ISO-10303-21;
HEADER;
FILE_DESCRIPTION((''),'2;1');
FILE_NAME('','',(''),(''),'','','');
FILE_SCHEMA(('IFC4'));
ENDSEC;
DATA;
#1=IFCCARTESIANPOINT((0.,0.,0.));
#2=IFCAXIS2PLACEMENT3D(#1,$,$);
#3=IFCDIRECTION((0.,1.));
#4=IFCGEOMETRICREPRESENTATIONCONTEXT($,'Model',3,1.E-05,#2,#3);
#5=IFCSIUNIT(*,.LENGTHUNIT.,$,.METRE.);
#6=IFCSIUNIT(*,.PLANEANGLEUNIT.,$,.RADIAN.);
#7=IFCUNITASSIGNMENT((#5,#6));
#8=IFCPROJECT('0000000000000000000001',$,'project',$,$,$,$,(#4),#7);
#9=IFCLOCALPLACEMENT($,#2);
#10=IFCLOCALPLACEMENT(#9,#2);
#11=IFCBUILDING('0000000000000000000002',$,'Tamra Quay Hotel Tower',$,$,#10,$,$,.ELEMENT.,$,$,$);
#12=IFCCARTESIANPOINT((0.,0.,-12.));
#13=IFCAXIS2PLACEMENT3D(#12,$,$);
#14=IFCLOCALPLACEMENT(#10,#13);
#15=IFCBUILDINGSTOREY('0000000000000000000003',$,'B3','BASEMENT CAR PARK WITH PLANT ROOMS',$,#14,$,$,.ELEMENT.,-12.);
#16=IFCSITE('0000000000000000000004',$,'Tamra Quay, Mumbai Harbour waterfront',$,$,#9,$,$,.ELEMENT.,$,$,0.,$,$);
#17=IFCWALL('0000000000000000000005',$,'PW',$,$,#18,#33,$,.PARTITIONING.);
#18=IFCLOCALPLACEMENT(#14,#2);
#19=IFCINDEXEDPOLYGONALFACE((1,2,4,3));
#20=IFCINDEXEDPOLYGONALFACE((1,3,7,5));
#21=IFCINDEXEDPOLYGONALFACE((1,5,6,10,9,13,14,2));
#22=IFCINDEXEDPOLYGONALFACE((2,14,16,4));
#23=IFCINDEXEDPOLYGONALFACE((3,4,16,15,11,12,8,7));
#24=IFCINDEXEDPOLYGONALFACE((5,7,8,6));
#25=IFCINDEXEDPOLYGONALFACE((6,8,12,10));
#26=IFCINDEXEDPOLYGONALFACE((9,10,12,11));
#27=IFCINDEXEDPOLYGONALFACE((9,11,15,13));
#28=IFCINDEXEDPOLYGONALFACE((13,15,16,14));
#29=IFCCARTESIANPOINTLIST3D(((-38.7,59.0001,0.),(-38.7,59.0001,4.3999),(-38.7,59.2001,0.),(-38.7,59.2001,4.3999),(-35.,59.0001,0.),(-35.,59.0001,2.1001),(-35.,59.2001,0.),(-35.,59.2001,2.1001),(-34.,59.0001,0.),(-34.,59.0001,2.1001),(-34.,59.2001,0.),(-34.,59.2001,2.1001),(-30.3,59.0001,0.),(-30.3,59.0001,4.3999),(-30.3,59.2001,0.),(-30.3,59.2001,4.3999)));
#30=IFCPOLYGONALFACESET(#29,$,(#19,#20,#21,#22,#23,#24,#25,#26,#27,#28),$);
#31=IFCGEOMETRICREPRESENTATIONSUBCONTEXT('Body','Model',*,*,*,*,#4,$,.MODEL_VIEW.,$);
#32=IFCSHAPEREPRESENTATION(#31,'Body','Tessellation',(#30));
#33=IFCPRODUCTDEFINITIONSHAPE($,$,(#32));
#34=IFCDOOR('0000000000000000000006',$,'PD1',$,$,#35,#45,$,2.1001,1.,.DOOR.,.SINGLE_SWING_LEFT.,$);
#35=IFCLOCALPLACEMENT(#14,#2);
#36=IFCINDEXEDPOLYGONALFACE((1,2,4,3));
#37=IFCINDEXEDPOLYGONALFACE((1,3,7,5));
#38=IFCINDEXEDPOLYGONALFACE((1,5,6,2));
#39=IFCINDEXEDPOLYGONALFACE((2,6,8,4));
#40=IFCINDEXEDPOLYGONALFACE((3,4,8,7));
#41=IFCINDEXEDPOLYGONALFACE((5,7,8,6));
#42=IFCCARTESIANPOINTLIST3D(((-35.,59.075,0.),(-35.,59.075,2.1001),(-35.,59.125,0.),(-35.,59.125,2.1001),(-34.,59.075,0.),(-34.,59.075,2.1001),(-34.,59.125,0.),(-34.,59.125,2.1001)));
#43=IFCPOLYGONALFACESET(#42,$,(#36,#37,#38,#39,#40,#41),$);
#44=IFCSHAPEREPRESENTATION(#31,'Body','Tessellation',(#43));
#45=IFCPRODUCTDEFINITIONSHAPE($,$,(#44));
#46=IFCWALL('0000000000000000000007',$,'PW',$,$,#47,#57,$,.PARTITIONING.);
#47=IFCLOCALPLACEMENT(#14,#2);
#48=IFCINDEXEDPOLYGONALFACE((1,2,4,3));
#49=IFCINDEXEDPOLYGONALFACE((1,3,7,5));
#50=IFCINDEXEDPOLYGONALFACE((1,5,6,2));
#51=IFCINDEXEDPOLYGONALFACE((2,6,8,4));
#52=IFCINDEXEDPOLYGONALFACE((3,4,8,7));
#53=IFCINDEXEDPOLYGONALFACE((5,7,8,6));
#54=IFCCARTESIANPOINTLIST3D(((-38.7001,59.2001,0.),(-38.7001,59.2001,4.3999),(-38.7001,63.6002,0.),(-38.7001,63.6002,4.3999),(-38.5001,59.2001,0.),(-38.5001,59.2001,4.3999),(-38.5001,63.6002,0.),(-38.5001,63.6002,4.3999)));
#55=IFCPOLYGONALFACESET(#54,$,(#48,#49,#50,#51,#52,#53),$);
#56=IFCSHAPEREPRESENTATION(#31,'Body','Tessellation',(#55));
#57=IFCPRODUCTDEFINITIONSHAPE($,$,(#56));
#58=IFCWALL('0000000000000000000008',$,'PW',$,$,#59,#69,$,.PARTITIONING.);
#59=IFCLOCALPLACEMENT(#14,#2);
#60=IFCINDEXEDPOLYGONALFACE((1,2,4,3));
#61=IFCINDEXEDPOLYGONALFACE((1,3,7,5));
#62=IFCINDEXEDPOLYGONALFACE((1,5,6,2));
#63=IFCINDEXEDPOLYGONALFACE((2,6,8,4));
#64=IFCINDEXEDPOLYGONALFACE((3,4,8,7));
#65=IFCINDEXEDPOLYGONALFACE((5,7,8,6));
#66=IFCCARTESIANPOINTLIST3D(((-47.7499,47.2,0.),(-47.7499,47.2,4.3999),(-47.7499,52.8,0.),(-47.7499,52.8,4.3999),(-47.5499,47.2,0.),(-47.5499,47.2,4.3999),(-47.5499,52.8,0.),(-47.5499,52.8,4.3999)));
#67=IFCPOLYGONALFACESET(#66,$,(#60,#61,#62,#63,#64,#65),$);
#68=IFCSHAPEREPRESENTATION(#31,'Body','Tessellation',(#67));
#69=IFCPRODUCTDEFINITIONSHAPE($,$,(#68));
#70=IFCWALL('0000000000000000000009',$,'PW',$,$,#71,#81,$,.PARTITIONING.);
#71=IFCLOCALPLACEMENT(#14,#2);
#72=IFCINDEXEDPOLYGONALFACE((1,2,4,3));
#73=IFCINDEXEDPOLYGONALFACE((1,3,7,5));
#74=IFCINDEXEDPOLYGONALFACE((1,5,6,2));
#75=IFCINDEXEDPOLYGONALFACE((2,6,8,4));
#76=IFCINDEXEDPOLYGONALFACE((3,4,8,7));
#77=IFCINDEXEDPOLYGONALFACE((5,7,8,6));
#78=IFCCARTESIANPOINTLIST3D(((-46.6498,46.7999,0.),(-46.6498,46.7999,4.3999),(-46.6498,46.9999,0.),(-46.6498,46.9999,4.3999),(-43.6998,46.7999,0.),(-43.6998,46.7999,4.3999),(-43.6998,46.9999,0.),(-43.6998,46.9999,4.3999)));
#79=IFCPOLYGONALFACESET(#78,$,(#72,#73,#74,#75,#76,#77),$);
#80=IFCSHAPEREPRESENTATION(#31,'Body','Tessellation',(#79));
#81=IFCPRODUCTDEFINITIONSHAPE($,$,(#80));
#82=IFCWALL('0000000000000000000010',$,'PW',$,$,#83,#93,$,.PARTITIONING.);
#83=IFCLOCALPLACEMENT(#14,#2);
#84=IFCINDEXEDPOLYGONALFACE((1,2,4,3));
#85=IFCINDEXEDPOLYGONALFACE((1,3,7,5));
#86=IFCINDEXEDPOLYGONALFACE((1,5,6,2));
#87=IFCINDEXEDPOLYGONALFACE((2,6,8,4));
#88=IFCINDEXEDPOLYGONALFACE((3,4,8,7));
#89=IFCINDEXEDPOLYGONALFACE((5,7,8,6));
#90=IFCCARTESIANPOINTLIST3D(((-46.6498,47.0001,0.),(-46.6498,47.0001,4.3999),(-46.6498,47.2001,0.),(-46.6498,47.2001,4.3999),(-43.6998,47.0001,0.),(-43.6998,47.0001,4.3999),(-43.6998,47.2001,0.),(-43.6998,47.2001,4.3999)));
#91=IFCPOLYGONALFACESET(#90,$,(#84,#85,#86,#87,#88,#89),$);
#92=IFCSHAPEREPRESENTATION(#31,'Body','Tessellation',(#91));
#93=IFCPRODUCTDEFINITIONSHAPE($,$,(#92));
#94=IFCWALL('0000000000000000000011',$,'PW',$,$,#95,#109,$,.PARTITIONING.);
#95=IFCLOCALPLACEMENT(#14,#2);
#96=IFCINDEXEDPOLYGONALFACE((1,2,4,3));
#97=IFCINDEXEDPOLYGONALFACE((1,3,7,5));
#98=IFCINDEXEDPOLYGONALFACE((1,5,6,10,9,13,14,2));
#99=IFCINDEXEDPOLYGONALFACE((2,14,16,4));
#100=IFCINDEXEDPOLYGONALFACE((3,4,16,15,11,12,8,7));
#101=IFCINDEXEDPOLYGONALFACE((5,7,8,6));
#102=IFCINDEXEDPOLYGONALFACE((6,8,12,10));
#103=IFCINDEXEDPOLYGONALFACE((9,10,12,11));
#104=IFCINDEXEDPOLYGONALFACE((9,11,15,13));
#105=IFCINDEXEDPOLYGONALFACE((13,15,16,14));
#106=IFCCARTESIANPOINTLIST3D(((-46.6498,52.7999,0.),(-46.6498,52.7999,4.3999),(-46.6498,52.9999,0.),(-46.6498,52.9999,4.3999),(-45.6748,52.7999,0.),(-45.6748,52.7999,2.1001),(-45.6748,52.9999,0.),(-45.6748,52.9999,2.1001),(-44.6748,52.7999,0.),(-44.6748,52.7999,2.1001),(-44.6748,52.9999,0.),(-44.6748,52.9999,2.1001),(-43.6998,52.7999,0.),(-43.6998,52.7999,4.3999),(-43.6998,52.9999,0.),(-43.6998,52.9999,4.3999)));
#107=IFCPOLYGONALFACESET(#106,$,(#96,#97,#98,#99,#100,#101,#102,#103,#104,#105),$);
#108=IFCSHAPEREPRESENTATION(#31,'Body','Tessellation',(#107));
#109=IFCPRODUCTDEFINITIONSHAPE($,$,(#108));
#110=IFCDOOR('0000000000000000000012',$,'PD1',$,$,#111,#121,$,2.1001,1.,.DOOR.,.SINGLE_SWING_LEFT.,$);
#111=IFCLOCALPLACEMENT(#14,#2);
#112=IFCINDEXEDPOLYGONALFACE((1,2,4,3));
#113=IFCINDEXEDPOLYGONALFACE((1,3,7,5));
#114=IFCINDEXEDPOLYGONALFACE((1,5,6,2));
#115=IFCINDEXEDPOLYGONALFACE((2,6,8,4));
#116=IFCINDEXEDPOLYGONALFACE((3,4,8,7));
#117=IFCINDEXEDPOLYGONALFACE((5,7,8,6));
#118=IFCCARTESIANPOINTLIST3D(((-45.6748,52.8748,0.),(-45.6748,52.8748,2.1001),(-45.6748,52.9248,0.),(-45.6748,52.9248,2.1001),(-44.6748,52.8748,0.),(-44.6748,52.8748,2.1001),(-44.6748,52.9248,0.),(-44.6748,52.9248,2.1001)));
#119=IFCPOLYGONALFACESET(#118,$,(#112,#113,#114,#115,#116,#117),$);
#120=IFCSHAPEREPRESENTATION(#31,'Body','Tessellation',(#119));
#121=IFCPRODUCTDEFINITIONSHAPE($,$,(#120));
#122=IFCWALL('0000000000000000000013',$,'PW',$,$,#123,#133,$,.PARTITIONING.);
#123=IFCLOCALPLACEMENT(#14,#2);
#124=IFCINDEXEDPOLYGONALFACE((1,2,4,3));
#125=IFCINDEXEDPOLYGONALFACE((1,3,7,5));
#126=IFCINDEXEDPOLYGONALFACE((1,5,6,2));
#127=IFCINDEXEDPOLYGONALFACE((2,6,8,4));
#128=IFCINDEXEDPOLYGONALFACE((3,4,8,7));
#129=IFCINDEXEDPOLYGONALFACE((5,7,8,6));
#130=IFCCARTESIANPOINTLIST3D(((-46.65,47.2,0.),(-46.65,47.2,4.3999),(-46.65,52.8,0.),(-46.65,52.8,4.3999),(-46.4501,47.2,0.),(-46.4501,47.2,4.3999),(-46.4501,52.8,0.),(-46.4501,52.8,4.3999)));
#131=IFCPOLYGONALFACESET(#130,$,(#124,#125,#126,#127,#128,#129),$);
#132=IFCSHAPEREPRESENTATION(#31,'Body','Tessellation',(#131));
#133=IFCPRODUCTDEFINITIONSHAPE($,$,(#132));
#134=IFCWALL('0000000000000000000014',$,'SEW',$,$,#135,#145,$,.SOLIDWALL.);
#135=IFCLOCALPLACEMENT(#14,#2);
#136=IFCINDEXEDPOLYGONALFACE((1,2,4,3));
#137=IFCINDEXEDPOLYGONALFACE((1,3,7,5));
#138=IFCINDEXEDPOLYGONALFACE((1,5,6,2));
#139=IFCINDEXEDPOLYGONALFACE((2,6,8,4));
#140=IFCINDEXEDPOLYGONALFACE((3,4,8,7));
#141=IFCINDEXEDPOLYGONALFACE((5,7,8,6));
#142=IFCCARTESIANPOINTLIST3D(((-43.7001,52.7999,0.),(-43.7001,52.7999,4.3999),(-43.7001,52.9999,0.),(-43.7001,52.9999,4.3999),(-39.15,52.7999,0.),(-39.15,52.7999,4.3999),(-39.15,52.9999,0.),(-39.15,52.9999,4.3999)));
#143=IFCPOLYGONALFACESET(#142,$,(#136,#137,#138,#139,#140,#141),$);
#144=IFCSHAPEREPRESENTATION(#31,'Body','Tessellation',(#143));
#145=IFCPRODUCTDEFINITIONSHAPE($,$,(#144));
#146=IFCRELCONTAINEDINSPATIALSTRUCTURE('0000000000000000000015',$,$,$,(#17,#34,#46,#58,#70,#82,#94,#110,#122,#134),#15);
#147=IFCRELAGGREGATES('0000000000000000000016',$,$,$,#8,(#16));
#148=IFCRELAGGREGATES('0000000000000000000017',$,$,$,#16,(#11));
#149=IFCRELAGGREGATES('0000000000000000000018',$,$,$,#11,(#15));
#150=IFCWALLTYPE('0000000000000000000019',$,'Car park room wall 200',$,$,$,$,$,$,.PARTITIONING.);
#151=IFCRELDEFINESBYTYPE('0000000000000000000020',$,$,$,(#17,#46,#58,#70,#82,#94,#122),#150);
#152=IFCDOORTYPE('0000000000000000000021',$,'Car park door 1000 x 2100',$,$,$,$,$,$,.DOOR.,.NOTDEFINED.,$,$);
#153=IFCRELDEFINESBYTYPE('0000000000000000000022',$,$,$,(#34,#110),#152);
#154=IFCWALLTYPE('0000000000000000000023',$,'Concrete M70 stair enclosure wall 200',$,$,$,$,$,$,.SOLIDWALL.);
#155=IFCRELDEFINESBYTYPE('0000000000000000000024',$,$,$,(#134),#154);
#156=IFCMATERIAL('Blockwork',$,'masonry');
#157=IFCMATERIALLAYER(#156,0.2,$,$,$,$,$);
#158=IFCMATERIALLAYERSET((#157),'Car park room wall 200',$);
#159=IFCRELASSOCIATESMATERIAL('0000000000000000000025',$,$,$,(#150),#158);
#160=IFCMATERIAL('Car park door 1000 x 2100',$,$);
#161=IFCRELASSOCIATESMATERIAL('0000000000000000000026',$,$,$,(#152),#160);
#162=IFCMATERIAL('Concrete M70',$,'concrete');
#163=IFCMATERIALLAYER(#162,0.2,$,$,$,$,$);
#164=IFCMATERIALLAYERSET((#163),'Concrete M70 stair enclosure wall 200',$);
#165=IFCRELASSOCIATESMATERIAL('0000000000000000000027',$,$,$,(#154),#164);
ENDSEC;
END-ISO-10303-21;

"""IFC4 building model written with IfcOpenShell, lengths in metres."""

from ifc_helpers import new_model, si_unit, direction, frame, frame_2d, origin, place, context, subcontext, project, spatial, rectangle, extrude, material, layer, layer_set, type_object, element, fill, save


model = new_model("IFC4")

# Units and contexts
model_context = context("Model", 3, precision=1e-05, world=origin(), true_north=direction((0.0, 1.0)))
body_context = subcontext(model_context, "Body", "Model", "MODEL_VIEW")
ifc_project = project(units=[si_unit("LENGTHUNIT", "METRE"), si_unit("PLANEANGLEUNIT", "RADIAN")], contexts=[model_context])

# Site, building, storey
site_placement = place(None, origin())
site = spatial("IfcSite", under=ifc_project, at=site_placement, Name="Tamra Quay, Mumbai Harbour waterfront", CompositionType="ELEMENT", RefElevation=0.0)
building_placement = place(site_placement, origin())
building = spatial("IfcBuilding", under=site, at=building_placement, Name="Tamra Quay Hotel Tower", CompositionType="ELEMENT")
storey_placement = place(building_placement, frame((0.0, 0.0, -12.0)))
storey = spatial("IfcBuildingStorey", under=building, at=storey_placement, Name="B3", Description="BASEMENT CAR PARK WITH PLANT ROOMS", CompositionType="ELEMENT", Elevation=-12.0)

# Shared definitions
ifc_material_1 = material(Name="Concrete M70", Category="concrete")

# Shared definitions
ifc_material_2 = material(Name="Blockwork", Category="masonry")
ifc_layer_1 = layer(ifc_material_2, 0.2)
ifc_layer_set_1 = layer_set([ifc_layer_1], Name="Car park room wall 200")
wall_type_1 = type_object("IfcWallType", Name="Car park room wall 200", PredefinedType="PARTITIONING", material=ifc_layer_set_1)

# Shared definitions
ifc_material_3 = material(Name="Car park door 1000 x 2100")
door_type = type_object("IfcDoorType", Name="Car park door 1000 x 2100", OperationType="NOTDEFINED", PredefinedType="DOOR", material=ifc_material_3)

# Wall, opening, door
wall_1_placement = place(storey_placement, frame((-38.7, 59.1001, 0.0), z_axis=(0.0, 0.0, 1.0), x_axis=(1.0, 0.0, 0.0)))
wall_1 = element("IfcWall", 1, at=wall_1_placement, inside=storey, type_object=wall_type_1, Name="PW", PredefinedType="PARTITIONING", context=body_context, shape_type="SweptSolid", body=[
    extrude(rectangle(XDim=8.3999, YDim=0.2, at=frame_2d((4.2, 0.0))), origin(), (0.0, 0.0, 1.0), 4.3999),
])
opening_1_placement = place(wall_1_placement, frame((3.7, 0.0, 0.0)))
opening_1 = element("IfcOpeningElement", 2, at=opening_1_placement, cuts=wall_1, PredefinedType="OPENING", context=body_context, shape_type="SweptSolid", body=[
    extrude(rectangle(XDim=1.0, YDim=2.1001, at=frame_2d((0.5, 1.05))), frame((0.0, 0.1099, 0.0), z_axis=(0.0, -1.0, 0.0), x_axis=(1.0, 0.0, 0.0)), (0.0, 0.0, 1.0), 0.22),
])
door_1_placement = place(opening_1_placement, origin())
door_1 = element("IfcDoor", 3, at=door_1_placement, inside=storey, type_object=door_type, Name="PD1", OperationType="SINGLE_SWING_LEFT", OverallHeight=2.1001, OverallWidth=1.0, PredefinedType="DOOR", context=body_context, shape_type="SweptSolid", body=[
    extrude(rectangle(XDim=1.0, YDim=2.1001, at=frame_2d((0.5, 1.05))), frame((0.0, 0.0249, 0.0), z_axis=(0.0, -1.0, 0.0), x_axis=(1.0, 0.0, 0.0)), (0.0, 0.0, 1.0), 0.05),
])
fill(opening_1, door_1)

# Walls
wall_2_placement = place(storey_placement, frame((-38.6001, 59.2, 0.0), z_axis=(0.0, 0.0, 1.0), x_axis=(0.0, 1.0, 0.0)))
element("IfcWall", 4, at=wall_2_placement, inside=storey, type_object=wall_type_1, Name="PW", PredefinedType="PARTITIONING", context=body_context, shape_type="SweptSolid", body=[
    extrude(rectangle(XDim=4.4001, YDim=0.2, at=frame_2d((2.2002, 0.0))), origin(), (0.0, 0.0, 1.0), 4.3999),
])
wall_3_placement = place(storey_placement, frame((-47.6499, 47.2, 0.0), z_axis=(0.0, 0.0, 1.0), x_axis=(0.0, 1.0, 0.0)))
element("IfcWall", 5, at=wall_3_placement, inside=storey, type_object=wall_type_1, Name="PW", PredefinedType="PARTITIONING", context=body_context, shape_type="SweptSolid", body=[
    extrude(rectangle(XDim=5.6001, YDim=0.2, at=frame_2d((2.8, 0.0))), origin(), (0.0, 0.0, 1.0), 4.3999),
])
for number, where, z_axis, x_axis, name in (
    (6, (-46.6499, 46.8999, 0.0), (0.0, 0.0, 1.0), (1.0, 0.0, 0.0), "PW"),
    (7, (-46.6499, 47.1001, 0.0), (0.0, 0.0, 1.0), (1.0, 0.0, 0.0), "PW"),
):
    element("IfcWall", number, at=place(storey_placement, frame(where, z_axis=z_axis, x_axis=x_axis)), inside=storey, type_object=wall_type_1, Name=name, PredefinedType="PARTITIONING", context=body_context, shape_type="SweptSolid", body=[
        extrude(rectangle(XDim=2.95, YDim=0.2, at=frame_2d((1.4751, 0.0))), origin(), (0.0, 0.0, 1.0), 4.3999),
    ])

# Wall, opening, door
wall_4_placement = place(storey_placement, frame((-46.6499, 52.8999, 0.0), z_axis=(0.0, 0.0, 1.0), x_axis=(1.0, 0.0, 0.0)))
wall_4 = element("IfcWall", 8, at=wall_4_placement, inside=storey, type_object=wall_type_1, Name="PW", PredefinedType="PARTITIONING", context=body_context, shape_type="SweptSolid", body=[
    extrude(rectangle(XDim=2.95, YDim=0.2, at=frame_2d((1.4751, 0.0))), origin(), (0.0, 0.0, 1.0), 4.3999),
])
opening_2_placement = place(wall_4_placement, frame((0.9751, 0.0, 0.0)))
opening_2 = element("IfcOpeningElement", 9, at=opening_2_placement, cuts=wall_4, PredefinedType="OPENING", context=body_context, shape_type="SweptSolid", body=[
    extrude(rectangle(XDim=1.0, YDim=2.1001, at=frame_2d((0.5, 1.05))), frame((0.0, 0.1099, 0.0), z_axis=(0.0, -1.0, 0.0), x_axis=(1.0, 0.0, 0.0)), (0.0, 0.0, 1.0), 0.22),
])
door_2_placement = place(opening_2_placement, origin())
door_2 = element("IfcDoor", 10, at=door_2_placement, inside=storey, type_object=door_type, Name="PD1", OperationType="SINGLE_SWING_LEFT", OverallHeight=2.1001, OverallWidth=1.0, PredefinedType="DOOR", context=body_context, shape_type="SweptSolid", body=[
    extrude(rectangle(XDim=1.0, YDim=2.1001, at=frame_2d((0.5, 1.05))), frame((0.0, 0.0249, 0.0), z_axis=(0.0, -1.0, 0.0), x_axis=(1.0, 0.0, 0.0)), (0.0, 0.0, 1.0), 0.05),
])
fill(opening_2, door_2)

# Walls
wall_5_placement = place(storey_placement, frame((-46.55, 47.2, 0.0), z_axis=(0.0, 0.0, 1.0), x_axis=(0.0, 1.0, 0.0)))
element("IfcWall", 11, at=wall_5_placement, inside=storey, type_object=wall_type_1, Name="PW", PredefinedType="PARTITIONING", context=body_context, shape_type="SweptSolid", body=[
    extrude(rectangle(XDim=5.6001, YDim=0.2, at=frame_2d((2.8, 0.0))), origin(), (0.0, 0.0, 1.0), 4.3999),
])
ifc_layer_2 = layer(ifc_material_1, 0.2)
ifc_layer_set_2 = layer_set([ifc_layer_2], Name="Concrete M70 stair enclosure wall 200")
wall_type_2 = type_object("IfcWallType", Name="Concrete M70 stair enclosure wall 200", PredefinedType="SOLIDWALL", material=ifc_layer_set_2)
wall_6_placement = place(storey_placement, frame((-43.7, 52.8999, 0.0), z_axis=(0.0, 0.0, 1.0), x_axis=(1.0, 0.0, 0.0)))
element("IfcWall", 12, at=wall_6_placement, inside=storey, type_object=wall_type_2, Name="SEW", PredefinedType="SOLIDWALL", context=body_context, shape_type="SweptSolid", body=[
    extrude(rectangle(XDim=4.55, YDim=0.2, at=frame_2d((2.2749, 0.0))), origin(), (0.0, 0.0, 1.0), 4.3999),
])

save(model, "model.ifc")
